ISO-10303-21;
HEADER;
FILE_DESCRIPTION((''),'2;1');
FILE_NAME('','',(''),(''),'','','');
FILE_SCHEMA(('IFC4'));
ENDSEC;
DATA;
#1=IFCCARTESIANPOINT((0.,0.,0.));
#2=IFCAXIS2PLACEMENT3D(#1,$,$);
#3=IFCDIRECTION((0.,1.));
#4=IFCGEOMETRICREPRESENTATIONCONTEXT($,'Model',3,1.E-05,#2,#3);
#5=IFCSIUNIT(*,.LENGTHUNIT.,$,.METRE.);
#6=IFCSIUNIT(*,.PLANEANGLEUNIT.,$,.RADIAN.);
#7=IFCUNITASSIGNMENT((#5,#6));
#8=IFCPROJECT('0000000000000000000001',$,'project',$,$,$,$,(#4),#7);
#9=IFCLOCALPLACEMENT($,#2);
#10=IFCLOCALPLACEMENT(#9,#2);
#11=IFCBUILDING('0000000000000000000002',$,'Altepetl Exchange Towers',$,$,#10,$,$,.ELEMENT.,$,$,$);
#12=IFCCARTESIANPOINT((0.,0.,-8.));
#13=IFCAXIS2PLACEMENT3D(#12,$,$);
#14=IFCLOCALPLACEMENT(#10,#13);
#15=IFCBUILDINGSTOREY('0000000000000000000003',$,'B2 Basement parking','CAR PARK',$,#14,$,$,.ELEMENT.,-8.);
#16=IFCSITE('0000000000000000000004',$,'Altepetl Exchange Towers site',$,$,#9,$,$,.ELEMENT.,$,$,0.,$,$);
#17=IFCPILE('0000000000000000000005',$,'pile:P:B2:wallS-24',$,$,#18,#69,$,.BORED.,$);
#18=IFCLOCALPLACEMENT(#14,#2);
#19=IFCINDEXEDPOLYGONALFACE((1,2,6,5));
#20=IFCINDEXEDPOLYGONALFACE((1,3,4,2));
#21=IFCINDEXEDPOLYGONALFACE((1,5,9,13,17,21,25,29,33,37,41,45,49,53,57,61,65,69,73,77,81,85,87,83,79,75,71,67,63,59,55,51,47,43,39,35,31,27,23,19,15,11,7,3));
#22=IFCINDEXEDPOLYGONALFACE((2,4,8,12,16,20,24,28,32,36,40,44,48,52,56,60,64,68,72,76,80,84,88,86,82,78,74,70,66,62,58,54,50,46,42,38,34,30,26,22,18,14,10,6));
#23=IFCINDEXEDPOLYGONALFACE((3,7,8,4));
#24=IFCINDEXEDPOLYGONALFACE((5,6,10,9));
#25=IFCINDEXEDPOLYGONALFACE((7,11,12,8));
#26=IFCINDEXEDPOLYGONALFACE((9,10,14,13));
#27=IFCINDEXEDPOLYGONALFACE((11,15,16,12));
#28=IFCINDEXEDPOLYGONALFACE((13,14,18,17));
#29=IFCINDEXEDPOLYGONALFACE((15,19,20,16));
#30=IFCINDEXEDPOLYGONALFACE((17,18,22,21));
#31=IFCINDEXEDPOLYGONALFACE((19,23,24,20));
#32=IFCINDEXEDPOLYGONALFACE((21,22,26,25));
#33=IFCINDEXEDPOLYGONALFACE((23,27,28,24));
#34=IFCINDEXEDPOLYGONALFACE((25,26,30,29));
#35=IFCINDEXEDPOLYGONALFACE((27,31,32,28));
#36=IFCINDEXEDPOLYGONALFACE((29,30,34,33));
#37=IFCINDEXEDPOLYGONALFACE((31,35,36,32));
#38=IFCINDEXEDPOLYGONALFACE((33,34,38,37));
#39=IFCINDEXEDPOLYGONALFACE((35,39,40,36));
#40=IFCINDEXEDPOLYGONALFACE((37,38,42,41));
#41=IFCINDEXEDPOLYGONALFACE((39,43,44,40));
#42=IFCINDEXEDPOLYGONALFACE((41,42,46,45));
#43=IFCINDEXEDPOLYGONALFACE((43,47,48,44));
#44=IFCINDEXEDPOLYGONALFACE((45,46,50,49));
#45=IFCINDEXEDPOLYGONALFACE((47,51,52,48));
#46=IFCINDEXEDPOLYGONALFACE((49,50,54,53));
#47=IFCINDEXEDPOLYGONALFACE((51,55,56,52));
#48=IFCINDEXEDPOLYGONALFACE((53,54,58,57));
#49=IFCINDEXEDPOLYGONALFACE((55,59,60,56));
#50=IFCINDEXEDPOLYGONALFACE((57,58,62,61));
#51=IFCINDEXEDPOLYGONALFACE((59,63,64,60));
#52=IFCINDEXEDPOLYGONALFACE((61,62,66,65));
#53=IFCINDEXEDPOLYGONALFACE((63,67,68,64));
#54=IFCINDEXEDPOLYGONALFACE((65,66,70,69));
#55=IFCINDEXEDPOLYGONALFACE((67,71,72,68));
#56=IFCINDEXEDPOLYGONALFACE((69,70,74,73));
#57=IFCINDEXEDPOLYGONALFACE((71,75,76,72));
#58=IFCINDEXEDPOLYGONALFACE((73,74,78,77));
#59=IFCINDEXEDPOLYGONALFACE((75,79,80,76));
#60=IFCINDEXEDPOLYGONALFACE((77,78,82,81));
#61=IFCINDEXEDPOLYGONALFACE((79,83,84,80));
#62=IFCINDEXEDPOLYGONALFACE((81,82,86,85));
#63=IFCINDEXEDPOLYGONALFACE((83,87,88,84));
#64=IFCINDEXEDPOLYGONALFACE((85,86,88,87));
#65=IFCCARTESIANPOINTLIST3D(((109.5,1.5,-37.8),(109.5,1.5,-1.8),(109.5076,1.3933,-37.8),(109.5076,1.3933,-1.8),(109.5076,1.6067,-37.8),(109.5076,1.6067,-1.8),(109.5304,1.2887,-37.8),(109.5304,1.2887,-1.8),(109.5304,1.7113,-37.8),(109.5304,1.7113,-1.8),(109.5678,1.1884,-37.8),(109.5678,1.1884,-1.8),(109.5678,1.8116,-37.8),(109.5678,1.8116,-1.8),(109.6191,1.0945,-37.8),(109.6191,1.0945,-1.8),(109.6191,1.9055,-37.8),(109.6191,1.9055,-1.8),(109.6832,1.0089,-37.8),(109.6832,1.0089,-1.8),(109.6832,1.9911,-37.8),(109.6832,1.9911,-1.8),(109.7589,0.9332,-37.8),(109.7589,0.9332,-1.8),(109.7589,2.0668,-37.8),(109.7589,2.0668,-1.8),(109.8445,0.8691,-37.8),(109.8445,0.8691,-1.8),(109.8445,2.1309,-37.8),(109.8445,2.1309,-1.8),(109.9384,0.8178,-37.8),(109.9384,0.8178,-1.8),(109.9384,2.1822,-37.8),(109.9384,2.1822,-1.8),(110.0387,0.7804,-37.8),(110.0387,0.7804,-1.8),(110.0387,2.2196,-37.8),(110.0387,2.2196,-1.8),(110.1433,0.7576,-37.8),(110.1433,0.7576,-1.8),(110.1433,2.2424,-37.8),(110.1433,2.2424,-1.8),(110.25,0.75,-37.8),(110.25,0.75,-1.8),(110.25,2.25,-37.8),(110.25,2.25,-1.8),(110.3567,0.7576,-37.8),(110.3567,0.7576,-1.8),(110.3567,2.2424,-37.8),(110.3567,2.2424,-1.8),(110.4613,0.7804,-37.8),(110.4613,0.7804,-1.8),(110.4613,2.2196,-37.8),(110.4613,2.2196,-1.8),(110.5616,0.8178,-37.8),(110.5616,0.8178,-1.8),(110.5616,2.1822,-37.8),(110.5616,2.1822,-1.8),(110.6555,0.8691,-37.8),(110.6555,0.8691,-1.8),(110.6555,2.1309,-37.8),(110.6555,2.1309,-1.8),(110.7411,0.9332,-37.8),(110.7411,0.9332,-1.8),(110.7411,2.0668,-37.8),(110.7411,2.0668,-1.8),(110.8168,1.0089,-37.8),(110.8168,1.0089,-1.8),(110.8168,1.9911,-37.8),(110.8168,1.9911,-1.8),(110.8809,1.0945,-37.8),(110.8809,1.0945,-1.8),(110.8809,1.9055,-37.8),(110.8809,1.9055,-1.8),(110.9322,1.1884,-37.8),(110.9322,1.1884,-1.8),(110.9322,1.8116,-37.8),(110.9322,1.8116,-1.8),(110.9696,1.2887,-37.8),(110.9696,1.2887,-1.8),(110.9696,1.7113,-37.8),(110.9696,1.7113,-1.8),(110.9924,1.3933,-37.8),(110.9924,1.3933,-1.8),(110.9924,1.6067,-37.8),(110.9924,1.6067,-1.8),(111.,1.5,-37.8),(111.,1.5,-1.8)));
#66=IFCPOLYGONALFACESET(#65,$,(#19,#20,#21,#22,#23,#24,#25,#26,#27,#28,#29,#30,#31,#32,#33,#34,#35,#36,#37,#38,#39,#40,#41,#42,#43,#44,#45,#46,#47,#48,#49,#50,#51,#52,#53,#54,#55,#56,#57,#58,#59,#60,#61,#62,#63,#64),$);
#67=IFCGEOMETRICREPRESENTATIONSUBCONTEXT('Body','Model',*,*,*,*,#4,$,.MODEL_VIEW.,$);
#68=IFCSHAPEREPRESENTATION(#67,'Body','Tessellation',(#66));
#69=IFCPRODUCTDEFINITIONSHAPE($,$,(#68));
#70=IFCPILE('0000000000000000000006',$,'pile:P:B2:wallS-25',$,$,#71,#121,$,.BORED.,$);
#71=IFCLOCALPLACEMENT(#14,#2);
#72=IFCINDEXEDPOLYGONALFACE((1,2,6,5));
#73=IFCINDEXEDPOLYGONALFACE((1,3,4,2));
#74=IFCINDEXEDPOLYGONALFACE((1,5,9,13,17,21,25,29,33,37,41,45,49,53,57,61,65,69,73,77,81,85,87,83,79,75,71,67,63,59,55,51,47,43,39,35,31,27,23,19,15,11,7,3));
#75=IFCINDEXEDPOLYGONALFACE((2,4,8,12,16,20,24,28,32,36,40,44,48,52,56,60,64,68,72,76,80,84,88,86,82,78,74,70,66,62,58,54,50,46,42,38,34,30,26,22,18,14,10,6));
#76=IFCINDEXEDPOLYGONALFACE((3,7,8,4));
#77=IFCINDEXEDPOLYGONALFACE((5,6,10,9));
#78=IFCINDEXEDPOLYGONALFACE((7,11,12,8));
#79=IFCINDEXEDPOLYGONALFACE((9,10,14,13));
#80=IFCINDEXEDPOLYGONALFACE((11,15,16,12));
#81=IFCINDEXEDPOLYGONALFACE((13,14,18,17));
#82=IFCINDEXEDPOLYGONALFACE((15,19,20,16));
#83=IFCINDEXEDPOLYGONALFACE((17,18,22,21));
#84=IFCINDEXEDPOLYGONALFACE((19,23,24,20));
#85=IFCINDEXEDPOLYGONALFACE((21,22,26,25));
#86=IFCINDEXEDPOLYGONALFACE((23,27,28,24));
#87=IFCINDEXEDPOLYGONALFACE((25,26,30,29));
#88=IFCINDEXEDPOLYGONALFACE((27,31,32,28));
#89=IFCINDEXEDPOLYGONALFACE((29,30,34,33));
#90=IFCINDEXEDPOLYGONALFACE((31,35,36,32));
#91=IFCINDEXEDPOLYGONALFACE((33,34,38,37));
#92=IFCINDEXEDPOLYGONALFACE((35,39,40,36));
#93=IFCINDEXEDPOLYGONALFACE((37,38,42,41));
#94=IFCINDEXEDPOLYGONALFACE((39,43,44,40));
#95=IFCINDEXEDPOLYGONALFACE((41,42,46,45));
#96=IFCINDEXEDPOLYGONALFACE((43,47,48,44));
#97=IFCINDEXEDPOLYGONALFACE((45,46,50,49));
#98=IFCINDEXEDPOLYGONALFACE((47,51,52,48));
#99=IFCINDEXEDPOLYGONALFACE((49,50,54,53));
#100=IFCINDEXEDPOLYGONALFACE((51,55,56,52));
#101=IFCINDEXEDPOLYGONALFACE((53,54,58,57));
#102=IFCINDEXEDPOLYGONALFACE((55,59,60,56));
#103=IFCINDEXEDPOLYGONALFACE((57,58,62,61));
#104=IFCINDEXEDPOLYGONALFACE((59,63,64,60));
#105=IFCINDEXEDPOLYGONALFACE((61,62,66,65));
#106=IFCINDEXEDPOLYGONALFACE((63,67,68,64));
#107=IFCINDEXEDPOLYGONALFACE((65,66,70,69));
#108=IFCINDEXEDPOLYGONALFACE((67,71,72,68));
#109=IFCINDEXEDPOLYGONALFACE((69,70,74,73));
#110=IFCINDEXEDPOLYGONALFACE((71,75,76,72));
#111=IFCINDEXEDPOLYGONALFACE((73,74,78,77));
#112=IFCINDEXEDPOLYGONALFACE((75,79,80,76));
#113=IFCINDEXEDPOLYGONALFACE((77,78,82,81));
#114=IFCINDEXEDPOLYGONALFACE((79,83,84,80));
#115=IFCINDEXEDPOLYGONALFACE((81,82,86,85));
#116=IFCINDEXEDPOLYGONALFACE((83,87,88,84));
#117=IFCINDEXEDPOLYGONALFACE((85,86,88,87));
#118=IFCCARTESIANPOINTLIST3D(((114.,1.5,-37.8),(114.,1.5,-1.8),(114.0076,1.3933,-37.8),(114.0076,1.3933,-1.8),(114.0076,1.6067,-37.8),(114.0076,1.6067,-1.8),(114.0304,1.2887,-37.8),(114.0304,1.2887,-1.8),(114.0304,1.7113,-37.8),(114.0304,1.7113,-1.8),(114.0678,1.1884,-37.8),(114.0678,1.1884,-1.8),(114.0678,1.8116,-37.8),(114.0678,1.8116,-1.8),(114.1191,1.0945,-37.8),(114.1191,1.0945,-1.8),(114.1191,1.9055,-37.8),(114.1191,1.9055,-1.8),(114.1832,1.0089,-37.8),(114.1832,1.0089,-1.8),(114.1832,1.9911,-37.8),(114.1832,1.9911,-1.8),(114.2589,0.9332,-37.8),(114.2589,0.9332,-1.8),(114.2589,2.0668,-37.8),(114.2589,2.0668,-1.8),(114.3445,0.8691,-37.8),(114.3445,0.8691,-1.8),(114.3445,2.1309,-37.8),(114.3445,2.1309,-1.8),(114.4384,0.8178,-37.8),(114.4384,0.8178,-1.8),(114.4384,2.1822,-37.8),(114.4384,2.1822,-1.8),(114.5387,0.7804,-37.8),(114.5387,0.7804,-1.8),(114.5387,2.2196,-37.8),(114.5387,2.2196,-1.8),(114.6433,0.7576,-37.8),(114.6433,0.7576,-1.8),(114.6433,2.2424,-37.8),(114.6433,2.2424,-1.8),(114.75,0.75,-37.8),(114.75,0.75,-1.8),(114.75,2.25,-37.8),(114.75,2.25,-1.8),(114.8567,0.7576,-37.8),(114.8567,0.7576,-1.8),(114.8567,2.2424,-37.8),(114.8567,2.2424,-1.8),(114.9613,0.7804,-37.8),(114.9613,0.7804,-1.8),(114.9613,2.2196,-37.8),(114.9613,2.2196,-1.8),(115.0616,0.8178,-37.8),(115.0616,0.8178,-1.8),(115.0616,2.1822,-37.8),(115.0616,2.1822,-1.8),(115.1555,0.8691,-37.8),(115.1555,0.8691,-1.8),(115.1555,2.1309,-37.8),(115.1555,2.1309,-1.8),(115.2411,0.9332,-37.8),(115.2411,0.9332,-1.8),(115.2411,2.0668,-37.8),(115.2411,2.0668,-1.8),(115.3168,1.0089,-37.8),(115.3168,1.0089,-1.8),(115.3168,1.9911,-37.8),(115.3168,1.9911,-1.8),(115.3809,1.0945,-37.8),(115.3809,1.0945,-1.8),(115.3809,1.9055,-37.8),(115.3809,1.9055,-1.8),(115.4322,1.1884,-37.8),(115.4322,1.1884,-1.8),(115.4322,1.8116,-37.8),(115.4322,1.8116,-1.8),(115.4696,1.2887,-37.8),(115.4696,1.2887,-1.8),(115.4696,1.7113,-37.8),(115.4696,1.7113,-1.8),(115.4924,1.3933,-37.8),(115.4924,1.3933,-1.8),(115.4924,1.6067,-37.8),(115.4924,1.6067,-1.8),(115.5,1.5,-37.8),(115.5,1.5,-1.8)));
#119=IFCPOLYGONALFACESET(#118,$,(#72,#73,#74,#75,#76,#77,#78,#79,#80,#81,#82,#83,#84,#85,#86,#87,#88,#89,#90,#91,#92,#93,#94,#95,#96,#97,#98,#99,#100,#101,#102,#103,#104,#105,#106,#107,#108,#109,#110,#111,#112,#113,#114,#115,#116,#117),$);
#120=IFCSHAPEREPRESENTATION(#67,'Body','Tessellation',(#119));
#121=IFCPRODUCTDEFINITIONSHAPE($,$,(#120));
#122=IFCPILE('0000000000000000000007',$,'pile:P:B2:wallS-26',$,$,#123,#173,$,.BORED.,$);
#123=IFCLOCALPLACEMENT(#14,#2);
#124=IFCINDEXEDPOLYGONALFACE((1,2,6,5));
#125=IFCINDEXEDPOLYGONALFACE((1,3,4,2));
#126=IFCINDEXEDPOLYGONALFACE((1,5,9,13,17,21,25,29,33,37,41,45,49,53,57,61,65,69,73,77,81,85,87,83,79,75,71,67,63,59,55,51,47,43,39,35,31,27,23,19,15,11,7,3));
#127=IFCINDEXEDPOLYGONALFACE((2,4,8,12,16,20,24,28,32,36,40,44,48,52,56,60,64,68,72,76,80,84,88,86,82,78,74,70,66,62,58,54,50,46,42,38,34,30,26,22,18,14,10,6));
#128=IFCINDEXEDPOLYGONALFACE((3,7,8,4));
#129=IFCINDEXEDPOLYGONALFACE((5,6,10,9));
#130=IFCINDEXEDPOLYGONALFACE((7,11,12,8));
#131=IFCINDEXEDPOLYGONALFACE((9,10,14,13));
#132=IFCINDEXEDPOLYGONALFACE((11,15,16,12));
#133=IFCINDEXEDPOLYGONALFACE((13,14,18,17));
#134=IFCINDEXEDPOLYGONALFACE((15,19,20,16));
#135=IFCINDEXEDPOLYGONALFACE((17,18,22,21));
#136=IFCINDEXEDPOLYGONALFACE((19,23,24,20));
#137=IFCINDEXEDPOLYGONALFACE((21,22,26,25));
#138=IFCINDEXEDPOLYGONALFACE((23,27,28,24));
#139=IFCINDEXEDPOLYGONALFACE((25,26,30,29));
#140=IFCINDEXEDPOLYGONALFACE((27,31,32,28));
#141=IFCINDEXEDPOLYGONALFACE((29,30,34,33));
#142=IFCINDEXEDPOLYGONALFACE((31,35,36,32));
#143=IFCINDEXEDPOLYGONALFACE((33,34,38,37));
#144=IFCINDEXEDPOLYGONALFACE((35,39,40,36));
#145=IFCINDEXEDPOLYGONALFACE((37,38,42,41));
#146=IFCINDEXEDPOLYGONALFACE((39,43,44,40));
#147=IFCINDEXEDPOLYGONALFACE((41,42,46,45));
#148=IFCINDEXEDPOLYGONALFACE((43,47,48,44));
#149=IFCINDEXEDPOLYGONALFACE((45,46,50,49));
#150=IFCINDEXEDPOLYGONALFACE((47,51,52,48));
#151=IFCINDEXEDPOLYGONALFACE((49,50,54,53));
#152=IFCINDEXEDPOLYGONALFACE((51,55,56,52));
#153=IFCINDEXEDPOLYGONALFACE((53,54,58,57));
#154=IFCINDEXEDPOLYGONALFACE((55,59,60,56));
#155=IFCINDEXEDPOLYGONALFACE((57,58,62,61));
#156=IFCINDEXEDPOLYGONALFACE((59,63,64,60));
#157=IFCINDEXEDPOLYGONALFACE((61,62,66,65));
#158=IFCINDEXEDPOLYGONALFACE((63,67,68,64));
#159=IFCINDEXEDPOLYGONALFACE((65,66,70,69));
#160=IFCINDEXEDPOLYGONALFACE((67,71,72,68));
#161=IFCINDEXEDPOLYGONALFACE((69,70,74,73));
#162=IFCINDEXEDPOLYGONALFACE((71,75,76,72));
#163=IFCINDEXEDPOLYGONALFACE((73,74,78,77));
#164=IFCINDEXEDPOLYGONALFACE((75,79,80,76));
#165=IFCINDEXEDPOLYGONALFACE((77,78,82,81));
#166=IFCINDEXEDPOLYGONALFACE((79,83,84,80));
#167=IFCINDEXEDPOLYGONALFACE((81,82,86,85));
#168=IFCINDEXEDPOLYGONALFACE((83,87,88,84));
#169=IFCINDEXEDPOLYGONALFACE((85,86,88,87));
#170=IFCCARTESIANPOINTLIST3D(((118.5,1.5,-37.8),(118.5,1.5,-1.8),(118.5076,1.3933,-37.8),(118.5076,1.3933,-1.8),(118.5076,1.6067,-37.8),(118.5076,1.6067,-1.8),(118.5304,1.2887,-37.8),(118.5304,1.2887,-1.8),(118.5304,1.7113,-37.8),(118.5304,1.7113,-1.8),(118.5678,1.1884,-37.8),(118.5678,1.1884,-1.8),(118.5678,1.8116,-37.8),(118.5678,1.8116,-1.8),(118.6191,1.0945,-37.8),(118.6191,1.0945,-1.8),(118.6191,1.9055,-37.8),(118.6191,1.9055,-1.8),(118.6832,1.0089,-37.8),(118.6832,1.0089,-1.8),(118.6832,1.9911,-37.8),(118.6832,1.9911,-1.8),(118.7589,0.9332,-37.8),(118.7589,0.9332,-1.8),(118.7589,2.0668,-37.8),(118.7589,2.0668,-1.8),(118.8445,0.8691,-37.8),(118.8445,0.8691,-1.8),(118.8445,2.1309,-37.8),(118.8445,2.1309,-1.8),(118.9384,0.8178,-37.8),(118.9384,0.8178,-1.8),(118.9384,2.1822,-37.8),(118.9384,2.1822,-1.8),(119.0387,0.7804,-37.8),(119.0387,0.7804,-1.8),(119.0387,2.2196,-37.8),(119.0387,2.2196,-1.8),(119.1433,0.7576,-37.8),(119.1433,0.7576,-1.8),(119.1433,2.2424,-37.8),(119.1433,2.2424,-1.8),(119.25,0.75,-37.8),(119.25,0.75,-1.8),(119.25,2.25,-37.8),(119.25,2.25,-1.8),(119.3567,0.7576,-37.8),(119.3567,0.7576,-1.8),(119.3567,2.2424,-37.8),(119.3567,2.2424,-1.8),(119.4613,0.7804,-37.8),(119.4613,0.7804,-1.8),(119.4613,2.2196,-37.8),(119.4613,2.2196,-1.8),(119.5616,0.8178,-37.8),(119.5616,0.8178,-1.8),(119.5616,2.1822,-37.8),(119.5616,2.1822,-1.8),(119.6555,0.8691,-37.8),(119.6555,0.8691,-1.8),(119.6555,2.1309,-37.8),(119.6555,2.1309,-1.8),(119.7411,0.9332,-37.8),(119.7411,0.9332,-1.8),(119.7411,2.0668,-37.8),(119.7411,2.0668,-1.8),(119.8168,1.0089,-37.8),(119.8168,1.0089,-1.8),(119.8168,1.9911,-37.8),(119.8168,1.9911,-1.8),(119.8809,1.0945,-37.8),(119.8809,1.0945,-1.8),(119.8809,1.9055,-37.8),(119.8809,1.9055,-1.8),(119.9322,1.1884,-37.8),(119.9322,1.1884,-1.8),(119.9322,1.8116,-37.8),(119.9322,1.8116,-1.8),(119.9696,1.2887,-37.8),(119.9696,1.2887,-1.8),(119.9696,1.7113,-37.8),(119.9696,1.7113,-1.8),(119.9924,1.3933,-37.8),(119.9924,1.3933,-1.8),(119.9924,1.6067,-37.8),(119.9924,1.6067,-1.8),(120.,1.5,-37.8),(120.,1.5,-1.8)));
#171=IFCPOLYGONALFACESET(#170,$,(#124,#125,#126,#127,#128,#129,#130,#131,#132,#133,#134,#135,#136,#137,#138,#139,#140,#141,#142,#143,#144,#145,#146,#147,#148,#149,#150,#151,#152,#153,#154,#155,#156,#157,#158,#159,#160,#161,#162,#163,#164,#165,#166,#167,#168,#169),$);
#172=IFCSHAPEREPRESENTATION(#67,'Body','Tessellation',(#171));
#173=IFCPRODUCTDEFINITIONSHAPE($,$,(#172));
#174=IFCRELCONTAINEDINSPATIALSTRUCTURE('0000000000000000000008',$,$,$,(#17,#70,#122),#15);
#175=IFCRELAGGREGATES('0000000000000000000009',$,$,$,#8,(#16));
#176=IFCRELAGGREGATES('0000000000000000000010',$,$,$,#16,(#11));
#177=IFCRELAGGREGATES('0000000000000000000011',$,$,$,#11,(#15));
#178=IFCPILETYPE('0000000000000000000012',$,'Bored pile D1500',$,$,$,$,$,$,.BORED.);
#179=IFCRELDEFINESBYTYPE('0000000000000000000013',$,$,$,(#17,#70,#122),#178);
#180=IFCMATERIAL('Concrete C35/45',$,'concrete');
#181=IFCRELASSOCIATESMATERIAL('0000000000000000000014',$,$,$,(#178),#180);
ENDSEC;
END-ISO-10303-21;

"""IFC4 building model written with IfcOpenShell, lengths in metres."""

from ifc_helpers import new_model, si_unit, direction, frame, origin, origin_2d, place, context, subcontext, project, spatial, circle, extrude, material, material_profile, profile_set, type_object, element, save


model = new_model("IFC4")

# Units and contexts
model_context = context("Model", 3, precision=1e-05, world=origin(), true_north=direction((0.0, 1.0)))
body_context = subcontext(model_context, "Body", "Model", "MODEL_VIEW")
ifc_project = project(units=[si_unit("LENGTHUNIT", "METRE"), si_unit("PLANEANGLEUNIT", "RADIAN")], contexts=[model_context])

# Site, building, storey
site_placement = place(None, origin())
site = spatial("IfcSite", under=ifc_project, at=site_placement, Name="Altepetl Exchange Towers site", CompositionType="ELEMENT", RefElevation=0.0)
building_placement = place(site_placement, origin())
building = spatial("IfcBuilding", under=site, at=building_placement, Name="Altepetl Exchange Towers", CompositionType="ELEMENT")
storey_placement = place(building_placement, frame((0.0, 0.0, -8.0)))
storey = spatial("IfcBuildingStorey", under=building, at=storey_placement, Name="B2 Basement parking", Description="CAR PARK", CompositionType="ELEMENT", Elevation=-8.0)

# Piles
ifc_material_1 = material(Name="Concrete C35/45", Category="concrete")
ifc_material_profile_1 = material_profile(ifc_material_1, circle(Radius=0.75, at=origin_2d()), Name="D1500")
ifc_profile_set_1 = profile_set([ifc_material_profile_1], Name="Concrete C35/45")
pile_type_1 = type_object("IfcPileType", Name="Bored pile D1500", PredefinedType="BORED", material=ifc_profile_set_1)
for number, where, z_axis, x_axis, name in (
    (1, (110.25, 1.5, -1.8), (0.0, 0.0, -1.0), (1.0, 0.0, 0.0), "pile:P:B2:wallS-24"),
    (2, (114.75, 1.5, -1.8), (0.0, 0.0, -1.0), (1.0, 0.0, 0.0), "pile:P:B2:wallS-25"),
    (3, (119.25, 1.5, -1.8), (0.0, 0.0, -1.0), (1.0, 0.0, 0.0), "pile:P:B2:wallS-26"),
):
    element("IfcPile", number, at=place(storey_placement, frame(where, z_axis=z_axis, x_axis=x_axis)), inside=storey, type_object=pile_type_1, Name=name, PredefinedType="BORED", context=body_context, shape_type="SweptSolid", body=[
        extrude(circle(Radius=0.75, at=origin_2d()), origin(), (0.0, 0.0, 1.0), 36.0),
    ])

save(model, "model.ifc")
